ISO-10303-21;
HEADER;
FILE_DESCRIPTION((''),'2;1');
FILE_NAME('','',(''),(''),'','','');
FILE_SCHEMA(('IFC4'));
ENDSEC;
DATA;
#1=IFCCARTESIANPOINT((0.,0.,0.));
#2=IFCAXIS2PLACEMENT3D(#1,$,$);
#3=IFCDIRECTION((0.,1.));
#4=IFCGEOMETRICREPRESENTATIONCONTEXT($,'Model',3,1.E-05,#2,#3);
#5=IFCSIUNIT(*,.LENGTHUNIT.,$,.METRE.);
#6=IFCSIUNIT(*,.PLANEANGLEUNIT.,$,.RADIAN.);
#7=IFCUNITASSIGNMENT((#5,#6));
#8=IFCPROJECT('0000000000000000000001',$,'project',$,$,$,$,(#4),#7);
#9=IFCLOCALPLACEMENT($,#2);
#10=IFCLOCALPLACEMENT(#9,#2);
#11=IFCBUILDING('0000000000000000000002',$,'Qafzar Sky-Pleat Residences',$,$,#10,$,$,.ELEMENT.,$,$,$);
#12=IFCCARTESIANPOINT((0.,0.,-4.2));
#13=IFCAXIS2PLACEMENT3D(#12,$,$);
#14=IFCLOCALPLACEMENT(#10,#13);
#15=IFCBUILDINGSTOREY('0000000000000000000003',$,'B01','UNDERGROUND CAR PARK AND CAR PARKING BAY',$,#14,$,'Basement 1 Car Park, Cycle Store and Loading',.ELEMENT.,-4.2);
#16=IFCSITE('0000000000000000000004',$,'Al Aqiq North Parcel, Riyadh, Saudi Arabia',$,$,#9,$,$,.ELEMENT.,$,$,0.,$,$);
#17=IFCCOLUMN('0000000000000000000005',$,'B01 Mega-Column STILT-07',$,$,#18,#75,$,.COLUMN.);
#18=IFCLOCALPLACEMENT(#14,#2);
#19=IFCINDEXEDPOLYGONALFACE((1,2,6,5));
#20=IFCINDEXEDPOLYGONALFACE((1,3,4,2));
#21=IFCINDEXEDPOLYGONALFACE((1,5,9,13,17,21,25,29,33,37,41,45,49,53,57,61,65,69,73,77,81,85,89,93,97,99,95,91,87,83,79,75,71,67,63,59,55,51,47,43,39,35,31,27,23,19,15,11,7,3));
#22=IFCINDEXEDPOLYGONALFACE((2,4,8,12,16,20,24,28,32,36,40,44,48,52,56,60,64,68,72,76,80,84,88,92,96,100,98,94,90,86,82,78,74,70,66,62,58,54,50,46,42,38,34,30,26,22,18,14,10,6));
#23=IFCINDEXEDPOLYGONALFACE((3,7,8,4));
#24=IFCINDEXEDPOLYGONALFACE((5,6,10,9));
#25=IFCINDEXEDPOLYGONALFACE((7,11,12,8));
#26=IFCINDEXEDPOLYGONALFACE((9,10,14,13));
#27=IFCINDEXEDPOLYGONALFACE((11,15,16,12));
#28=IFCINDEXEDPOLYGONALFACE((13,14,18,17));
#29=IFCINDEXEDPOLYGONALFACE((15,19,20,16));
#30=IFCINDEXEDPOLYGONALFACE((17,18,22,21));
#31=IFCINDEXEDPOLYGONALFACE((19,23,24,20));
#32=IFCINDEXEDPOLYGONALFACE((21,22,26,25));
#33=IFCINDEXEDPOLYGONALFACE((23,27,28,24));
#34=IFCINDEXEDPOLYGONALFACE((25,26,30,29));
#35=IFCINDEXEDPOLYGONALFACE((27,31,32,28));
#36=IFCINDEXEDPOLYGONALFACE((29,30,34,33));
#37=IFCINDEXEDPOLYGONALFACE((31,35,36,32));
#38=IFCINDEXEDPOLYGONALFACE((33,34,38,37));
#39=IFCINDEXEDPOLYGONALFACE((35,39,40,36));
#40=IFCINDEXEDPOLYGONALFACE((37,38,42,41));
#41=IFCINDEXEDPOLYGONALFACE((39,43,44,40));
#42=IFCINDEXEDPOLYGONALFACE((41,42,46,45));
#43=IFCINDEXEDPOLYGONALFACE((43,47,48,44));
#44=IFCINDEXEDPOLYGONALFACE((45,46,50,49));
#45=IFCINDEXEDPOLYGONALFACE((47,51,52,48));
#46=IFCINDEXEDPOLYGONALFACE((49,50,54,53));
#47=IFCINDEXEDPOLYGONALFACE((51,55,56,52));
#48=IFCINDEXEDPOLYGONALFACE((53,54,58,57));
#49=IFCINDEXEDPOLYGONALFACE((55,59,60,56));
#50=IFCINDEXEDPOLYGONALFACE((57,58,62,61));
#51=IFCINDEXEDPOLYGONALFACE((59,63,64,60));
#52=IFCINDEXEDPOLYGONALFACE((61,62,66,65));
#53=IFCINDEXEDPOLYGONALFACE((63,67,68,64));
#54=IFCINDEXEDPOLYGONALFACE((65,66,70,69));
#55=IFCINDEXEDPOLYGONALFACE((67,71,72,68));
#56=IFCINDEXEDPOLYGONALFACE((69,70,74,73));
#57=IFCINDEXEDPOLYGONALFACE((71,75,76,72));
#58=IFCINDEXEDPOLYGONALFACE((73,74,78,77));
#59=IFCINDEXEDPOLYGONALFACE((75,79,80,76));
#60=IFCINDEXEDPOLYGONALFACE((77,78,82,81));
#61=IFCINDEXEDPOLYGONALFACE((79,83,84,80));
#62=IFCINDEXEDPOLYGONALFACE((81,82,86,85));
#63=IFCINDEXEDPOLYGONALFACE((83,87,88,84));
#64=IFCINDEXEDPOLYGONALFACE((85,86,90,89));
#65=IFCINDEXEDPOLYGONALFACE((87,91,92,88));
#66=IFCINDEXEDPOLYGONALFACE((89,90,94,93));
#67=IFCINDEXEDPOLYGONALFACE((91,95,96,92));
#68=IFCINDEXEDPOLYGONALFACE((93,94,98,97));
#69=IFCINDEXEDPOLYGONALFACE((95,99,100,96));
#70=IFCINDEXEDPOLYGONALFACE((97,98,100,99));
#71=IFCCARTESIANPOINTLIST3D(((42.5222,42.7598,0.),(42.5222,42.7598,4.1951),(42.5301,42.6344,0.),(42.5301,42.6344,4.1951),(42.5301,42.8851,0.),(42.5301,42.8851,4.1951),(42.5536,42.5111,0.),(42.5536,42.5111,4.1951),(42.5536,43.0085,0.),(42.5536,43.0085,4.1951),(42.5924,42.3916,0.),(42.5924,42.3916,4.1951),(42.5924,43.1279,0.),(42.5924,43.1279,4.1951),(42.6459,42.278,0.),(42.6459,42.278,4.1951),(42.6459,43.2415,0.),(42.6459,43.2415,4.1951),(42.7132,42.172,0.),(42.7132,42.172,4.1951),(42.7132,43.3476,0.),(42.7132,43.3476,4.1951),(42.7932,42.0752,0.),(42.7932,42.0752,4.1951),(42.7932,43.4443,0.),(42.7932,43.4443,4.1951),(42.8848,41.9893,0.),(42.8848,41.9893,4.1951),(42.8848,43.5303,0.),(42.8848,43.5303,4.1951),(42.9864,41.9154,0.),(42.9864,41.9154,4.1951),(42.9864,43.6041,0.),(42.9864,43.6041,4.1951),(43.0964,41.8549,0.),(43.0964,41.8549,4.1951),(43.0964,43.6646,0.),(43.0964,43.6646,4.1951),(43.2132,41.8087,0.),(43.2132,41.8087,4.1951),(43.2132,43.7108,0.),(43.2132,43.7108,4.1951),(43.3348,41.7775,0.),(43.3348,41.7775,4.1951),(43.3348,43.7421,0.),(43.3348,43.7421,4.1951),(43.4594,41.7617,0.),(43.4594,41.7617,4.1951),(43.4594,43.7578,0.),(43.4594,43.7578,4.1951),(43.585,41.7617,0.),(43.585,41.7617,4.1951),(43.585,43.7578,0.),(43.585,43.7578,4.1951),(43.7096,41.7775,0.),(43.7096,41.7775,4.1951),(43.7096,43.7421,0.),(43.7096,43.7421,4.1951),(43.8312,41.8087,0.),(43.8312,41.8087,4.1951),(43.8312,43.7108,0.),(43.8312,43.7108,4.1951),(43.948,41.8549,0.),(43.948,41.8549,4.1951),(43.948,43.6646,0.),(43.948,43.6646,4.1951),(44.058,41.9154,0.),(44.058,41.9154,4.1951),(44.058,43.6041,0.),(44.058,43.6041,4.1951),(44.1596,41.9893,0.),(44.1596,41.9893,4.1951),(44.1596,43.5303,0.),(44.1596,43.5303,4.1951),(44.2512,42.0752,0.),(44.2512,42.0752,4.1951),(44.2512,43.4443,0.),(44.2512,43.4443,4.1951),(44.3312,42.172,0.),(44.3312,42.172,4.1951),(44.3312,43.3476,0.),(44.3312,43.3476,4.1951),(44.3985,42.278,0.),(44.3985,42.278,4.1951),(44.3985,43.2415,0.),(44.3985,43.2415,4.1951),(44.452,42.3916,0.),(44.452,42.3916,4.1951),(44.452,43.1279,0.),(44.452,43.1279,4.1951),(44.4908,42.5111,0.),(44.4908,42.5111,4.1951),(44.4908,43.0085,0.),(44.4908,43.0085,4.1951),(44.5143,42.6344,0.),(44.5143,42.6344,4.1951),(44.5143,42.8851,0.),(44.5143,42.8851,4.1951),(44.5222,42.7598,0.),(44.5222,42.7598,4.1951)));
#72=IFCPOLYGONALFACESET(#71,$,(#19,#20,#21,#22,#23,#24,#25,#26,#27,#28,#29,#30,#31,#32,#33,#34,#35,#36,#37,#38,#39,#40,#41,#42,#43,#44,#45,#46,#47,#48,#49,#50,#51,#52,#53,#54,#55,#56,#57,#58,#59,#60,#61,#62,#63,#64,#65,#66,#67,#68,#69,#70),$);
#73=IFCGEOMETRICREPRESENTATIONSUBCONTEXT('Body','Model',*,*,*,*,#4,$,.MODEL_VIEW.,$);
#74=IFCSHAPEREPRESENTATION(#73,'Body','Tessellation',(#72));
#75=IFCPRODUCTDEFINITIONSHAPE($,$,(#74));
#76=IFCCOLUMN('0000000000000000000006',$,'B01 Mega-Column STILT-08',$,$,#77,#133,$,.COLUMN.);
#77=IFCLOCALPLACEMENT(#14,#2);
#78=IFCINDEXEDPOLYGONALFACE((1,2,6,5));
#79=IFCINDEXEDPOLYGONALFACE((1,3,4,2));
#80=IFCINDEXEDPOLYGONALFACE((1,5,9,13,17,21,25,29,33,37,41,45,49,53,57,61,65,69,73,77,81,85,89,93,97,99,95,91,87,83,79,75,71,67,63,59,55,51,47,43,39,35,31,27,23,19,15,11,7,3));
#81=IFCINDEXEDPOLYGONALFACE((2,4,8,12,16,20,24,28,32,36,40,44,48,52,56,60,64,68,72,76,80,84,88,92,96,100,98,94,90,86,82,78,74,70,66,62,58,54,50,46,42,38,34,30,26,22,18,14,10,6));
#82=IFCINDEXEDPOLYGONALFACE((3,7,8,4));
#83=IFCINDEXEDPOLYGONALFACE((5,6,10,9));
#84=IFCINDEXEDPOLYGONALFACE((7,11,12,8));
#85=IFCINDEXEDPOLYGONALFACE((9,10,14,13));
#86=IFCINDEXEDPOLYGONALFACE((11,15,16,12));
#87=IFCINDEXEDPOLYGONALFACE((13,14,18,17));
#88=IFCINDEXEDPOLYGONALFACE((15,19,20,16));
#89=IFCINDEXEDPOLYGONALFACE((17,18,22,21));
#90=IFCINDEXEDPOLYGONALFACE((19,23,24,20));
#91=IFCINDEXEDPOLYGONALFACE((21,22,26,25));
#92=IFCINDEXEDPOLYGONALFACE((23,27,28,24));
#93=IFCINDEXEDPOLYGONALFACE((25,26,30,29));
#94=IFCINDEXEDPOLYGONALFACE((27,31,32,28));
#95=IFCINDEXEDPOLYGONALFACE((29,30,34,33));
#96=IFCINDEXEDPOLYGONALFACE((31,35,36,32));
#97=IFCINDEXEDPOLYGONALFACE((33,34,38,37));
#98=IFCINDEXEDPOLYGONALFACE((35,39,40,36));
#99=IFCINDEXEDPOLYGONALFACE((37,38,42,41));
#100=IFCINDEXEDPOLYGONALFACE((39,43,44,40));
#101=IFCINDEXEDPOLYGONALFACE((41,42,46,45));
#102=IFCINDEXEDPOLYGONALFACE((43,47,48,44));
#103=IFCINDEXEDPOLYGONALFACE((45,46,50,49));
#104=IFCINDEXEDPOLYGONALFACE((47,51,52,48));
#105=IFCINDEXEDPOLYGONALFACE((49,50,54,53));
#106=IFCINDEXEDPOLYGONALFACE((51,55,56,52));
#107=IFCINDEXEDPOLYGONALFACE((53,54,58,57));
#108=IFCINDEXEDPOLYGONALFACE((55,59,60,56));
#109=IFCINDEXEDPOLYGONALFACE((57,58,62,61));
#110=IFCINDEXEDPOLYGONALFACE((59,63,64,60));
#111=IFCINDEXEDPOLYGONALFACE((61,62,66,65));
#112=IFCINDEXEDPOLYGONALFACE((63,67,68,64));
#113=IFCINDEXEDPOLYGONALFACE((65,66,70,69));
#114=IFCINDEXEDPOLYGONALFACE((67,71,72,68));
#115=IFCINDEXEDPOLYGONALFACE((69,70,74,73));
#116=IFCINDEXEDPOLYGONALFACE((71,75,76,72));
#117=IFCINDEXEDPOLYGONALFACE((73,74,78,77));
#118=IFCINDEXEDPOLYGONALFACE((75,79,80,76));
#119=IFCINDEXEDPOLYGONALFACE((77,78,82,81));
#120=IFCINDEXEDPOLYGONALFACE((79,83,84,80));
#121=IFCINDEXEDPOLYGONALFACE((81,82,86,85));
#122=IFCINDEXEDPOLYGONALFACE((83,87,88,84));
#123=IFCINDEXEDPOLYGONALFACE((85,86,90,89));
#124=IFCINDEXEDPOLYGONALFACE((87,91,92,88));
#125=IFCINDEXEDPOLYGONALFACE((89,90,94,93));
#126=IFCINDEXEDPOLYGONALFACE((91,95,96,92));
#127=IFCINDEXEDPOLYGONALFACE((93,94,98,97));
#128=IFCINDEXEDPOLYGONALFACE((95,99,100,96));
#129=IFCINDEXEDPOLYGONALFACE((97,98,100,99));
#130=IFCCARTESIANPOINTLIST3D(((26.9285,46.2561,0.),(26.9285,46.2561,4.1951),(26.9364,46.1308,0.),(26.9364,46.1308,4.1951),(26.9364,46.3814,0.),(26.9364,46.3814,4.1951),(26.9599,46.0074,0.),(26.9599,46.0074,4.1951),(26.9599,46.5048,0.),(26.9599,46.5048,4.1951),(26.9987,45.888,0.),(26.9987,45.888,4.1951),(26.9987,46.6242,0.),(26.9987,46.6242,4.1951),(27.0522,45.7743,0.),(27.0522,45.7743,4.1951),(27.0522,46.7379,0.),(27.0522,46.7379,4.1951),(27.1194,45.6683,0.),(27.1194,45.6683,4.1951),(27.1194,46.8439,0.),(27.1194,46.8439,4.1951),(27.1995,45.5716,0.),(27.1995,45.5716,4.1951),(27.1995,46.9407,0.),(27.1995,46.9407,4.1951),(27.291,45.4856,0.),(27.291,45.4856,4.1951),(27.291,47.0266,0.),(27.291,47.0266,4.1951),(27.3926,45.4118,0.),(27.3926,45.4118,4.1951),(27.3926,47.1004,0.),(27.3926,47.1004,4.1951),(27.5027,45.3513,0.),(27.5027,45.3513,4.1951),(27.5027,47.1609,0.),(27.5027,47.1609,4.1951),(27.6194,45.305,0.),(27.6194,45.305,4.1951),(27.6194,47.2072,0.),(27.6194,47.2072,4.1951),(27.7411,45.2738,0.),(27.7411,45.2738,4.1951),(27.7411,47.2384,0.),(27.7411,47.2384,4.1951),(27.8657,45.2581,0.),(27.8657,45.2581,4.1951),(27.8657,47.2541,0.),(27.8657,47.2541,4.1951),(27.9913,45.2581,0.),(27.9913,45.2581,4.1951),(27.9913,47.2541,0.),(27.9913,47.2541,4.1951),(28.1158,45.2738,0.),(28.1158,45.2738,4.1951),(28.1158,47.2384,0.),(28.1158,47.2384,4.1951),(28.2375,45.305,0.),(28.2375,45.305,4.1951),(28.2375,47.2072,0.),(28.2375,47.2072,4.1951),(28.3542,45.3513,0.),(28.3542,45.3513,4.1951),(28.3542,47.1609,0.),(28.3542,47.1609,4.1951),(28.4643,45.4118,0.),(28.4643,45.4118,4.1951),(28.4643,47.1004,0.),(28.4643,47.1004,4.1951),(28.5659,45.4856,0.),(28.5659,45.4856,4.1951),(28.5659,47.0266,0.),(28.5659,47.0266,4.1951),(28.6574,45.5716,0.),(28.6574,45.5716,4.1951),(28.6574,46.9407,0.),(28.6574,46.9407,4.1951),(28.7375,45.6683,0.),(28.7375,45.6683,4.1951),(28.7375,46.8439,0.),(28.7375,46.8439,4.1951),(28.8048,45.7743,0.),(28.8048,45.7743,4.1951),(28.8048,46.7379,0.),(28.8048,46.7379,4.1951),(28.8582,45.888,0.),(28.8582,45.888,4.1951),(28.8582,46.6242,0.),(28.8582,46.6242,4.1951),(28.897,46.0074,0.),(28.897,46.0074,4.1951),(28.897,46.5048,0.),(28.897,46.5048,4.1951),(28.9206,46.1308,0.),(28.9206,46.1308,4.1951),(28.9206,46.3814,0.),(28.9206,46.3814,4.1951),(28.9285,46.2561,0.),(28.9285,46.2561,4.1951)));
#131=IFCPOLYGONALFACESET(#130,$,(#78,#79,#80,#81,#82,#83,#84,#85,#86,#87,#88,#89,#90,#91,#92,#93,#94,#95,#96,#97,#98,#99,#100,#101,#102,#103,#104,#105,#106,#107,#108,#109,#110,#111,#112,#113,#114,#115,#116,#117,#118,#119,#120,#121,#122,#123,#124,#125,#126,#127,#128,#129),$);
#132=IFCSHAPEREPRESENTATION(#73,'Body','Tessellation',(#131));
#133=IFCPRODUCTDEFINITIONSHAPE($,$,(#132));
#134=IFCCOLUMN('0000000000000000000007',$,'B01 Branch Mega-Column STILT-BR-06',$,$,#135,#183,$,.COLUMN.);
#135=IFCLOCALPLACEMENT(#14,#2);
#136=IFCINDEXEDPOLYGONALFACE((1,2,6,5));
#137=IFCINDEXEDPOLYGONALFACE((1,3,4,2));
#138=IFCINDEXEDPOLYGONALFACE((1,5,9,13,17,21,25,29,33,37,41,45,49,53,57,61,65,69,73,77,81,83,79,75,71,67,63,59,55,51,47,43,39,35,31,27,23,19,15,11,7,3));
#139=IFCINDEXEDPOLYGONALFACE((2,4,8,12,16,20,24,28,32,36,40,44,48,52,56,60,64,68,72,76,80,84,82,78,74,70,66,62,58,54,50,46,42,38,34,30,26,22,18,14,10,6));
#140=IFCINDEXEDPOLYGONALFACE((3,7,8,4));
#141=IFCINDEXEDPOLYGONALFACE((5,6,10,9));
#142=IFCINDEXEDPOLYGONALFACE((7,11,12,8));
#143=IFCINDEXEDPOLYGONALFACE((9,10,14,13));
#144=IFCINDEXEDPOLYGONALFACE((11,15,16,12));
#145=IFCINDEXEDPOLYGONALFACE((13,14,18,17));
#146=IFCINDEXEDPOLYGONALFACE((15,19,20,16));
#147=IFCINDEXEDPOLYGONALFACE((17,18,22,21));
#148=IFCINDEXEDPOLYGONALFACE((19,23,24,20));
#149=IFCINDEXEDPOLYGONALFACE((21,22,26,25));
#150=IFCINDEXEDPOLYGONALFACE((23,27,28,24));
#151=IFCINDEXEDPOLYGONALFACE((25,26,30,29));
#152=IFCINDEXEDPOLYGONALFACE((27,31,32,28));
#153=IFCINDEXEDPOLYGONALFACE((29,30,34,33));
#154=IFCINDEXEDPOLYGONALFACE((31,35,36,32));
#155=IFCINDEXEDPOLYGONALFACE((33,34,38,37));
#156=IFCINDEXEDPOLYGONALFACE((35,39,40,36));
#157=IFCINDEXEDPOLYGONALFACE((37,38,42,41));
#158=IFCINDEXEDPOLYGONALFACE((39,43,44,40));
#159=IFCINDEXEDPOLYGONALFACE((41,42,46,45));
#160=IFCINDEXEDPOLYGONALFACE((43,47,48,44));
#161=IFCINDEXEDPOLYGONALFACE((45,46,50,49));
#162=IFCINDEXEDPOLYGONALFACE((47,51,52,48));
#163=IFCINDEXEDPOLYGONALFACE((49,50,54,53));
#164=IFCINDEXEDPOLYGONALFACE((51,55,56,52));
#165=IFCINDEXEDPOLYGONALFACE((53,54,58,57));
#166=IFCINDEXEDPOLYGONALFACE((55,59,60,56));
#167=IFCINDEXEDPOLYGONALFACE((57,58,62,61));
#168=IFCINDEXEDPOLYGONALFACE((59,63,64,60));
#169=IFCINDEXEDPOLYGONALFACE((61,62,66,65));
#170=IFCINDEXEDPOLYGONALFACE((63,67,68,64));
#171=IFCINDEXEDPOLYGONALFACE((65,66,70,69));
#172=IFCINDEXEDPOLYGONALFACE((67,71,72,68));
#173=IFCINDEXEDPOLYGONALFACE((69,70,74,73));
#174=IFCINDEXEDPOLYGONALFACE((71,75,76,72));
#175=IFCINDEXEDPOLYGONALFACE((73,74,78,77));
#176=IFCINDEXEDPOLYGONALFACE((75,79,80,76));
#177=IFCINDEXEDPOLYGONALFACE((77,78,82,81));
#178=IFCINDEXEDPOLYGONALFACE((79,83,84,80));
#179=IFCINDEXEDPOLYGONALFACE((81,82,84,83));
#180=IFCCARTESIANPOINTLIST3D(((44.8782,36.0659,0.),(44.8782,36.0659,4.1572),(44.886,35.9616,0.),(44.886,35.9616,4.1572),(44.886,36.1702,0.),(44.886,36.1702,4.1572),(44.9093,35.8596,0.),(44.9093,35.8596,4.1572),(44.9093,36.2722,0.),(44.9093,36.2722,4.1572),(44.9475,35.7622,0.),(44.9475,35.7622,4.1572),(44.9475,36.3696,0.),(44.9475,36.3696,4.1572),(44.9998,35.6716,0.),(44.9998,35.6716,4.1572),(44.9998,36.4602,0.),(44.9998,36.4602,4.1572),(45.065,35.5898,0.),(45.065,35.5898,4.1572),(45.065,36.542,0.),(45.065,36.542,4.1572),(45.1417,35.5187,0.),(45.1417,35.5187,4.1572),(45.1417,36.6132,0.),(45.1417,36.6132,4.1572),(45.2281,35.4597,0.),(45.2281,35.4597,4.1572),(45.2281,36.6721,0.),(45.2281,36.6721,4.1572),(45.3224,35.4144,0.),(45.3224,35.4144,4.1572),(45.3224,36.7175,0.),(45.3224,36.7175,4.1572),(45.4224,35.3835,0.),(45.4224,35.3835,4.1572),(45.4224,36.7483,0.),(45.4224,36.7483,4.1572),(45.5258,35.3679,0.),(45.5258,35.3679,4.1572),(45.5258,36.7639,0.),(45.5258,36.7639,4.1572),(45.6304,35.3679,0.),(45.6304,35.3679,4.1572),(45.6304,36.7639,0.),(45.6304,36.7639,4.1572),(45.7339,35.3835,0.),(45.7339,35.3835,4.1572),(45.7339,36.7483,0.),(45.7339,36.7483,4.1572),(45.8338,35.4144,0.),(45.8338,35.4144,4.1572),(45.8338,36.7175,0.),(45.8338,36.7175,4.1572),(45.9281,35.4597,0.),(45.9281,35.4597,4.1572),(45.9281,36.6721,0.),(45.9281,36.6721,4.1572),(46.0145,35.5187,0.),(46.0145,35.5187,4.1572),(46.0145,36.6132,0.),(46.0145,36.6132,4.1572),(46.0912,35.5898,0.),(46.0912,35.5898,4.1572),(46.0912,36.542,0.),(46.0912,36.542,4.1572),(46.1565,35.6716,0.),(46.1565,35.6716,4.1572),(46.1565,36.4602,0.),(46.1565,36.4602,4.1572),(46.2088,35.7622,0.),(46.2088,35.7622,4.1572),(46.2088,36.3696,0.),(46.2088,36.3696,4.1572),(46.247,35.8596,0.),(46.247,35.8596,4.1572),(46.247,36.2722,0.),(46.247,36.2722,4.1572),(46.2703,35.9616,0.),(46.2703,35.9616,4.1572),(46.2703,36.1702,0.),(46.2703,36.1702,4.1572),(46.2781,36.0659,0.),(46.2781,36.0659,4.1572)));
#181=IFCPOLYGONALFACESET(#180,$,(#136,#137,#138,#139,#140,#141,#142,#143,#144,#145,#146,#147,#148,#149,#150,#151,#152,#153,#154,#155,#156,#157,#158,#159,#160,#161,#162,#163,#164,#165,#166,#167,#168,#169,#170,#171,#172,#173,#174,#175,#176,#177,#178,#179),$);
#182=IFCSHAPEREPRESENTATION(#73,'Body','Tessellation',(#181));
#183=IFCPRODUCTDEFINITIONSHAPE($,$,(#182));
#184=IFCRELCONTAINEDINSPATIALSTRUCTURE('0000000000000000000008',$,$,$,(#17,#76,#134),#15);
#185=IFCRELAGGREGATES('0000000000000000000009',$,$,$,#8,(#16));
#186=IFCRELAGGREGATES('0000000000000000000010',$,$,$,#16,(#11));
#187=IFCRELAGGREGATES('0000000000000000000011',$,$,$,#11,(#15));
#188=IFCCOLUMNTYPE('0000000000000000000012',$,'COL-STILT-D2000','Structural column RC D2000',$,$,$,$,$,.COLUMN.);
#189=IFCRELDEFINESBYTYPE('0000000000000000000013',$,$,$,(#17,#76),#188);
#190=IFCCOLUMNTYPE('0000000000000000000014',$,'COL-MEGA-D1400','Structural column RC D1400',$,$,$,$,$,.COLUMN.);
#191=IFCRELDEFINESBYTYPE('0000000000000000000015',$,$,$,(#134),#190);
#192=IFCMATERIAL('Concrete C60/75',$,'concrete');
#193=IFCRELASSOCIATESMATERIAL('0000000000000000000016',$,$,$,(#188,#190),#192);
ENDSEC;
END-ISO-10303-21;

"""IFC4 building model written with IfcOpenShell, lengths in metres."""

from ifc_helpers import new_model, si_unit, direction, frame, origin, origin_2d, place, context, subcontext, project, spatial, circle, extrude, source, transform, mapped, material, material_profile, profile_set, type_object, element, save


model = new_model("IFC4")

# Units and contexts
model_context = context("Model", 3, precision=1e-05, world=origin(), true_north=direction((0.0, 1.0)))
body_context = subcontext(model_context, "Body", "Model", "MODEL_VIEW")
ifc_project = project(units=[si_unit("LENGTHUNIT", "METRE"), si_unit("PLANEANGLEUNIT", "RADIAN")], contexts=[model_context])

# Site, building, storey
site_placement = place(None, origin())
site = spatial("IfcSite", under=ifc_project, at=site_placement, Name="Al Aqiq North Parcel, Riyadh, Saudi Arabia", CompositionType="ELEMENT", RefElevation=0.0)
building_placement = place(site_placement, origin())
building = spatial("IfcBuilding", under=site, at=building_placement, Name="Qafzar Sky-Pleat Residences", CompositionType="ELEMENT")
storey_placement = place(building_placement, frame((0.0, 0.0, -4.2)))
storey = spatial("IfcBuildingStorey", under=building, at=storey_placement, Name="B01", Description="UNDERGROUND CAR PARK AND CAR PARKING BAY", LongName="Basement 1 Car Park, Cycle Store and Loading", CompositionType="ELEMENT", Elevation=-4.2)

# Columns
ifc_material_1 = material(Name="Concrete C60/75", Category="concrete")
ifc_material_profile_1 = material_profile(ifc_material_1, circle(Radius=1.0, at=origin_2d()), Name="RC D2000")
ifc_profile_set_1 = profile_set([ifc_material_profile_1], Name="Concrete C60/75")
column_type_1 = type_object("IfcColumnType", Name="COL-STILT-D2000", Description="Structural column RC D2000", PredefinedType="COLUMN", material=ifc_profile_set_1)
shared_shape_1 = source(origin(), body_context, "Body", "SweptSolid", [
    extrude(circle(Radius=1.0, at=origin_2d()), origin(), (0.0, 0.0, 1.0), 4.1951),
])
for number, where, z_axis, x_axis, name in (
    (1, (43.5222, 42.7598, 0.0), (0.0, 0.0, 1.0), (1.0, 0.0, 0.0), "B01 Mega-Column STILT-07"),
    (2, (27.9285, 46.2561, 0.0), (0.0, 0.0, 1.0), (1.0, 0.0, 0.0), "B01 Mega-Column STILT-08"),
):
    element("IfcColumn", number, at=place(storey_placement, frame(where, z_axis=z_axis, x_axis=x_axis)), inside=storey, type_object=column_type_1, Name=name, PredefinedType="COLUMN", context=body_context, shape_type="MappedRepresentation", body=[
        mapped(shared_shape_1, transform((0.0, 0.0, 0.0), x_axis=(1.0, 0.0, 0.0), y_axis=(0.0, 1.0, 0.0), z_axis=(0.0, 0.0, 1.0), scale=1.0)),
    ])
ifc_material_profile_2 = material_profile(ifc_material_1, circle(Radius=0.7, at=origin_2d()), Name="RC D1400")
ifc_profile_set_2 = profile_set([ifc_material_profile_2], Name="Concrete C60/75")
column_type_2 = type_object("IfcColumnType", Name="COL-MEGA-D1400", Description="Structural column RC D1400", PredefinedType="COLUMN", material=ifc_profile_set_2)
shared_shape_2 = source(origin(), body_context, "Body", "SweptSolid", [
    extrude(circle(Radius=0.7, at=origin_2d()), origin(), (0.0, 0.0, 1.0), 4.1572),
])
column_1_placement = place(storey_placement, frame((45.5781, 36.0659, 0.0), z_axis=(0.0, 0.0, 1.0), x_axis=(1.0, 0.0, 0.0)))
element("IfcColumn", 3, at=column_1_placement, inside=storey, type_object=column_type_2, Name="B01 Branch Mega-Column STILT-BR-06", PredefinedType="COLUMN", context=body_context, shape_type="MappedRepresentation", body=[
    mapped(shared_shape_2, transform((0.0, 0.0, 0.0), x_axis=(1.0, 0.0, 0.0), y_axis=(0.0, 1.0, 0.0), z_axis=(0.0, 0.0, 1.0), scale=1.0)),
])

save(model, "model.ifc")
